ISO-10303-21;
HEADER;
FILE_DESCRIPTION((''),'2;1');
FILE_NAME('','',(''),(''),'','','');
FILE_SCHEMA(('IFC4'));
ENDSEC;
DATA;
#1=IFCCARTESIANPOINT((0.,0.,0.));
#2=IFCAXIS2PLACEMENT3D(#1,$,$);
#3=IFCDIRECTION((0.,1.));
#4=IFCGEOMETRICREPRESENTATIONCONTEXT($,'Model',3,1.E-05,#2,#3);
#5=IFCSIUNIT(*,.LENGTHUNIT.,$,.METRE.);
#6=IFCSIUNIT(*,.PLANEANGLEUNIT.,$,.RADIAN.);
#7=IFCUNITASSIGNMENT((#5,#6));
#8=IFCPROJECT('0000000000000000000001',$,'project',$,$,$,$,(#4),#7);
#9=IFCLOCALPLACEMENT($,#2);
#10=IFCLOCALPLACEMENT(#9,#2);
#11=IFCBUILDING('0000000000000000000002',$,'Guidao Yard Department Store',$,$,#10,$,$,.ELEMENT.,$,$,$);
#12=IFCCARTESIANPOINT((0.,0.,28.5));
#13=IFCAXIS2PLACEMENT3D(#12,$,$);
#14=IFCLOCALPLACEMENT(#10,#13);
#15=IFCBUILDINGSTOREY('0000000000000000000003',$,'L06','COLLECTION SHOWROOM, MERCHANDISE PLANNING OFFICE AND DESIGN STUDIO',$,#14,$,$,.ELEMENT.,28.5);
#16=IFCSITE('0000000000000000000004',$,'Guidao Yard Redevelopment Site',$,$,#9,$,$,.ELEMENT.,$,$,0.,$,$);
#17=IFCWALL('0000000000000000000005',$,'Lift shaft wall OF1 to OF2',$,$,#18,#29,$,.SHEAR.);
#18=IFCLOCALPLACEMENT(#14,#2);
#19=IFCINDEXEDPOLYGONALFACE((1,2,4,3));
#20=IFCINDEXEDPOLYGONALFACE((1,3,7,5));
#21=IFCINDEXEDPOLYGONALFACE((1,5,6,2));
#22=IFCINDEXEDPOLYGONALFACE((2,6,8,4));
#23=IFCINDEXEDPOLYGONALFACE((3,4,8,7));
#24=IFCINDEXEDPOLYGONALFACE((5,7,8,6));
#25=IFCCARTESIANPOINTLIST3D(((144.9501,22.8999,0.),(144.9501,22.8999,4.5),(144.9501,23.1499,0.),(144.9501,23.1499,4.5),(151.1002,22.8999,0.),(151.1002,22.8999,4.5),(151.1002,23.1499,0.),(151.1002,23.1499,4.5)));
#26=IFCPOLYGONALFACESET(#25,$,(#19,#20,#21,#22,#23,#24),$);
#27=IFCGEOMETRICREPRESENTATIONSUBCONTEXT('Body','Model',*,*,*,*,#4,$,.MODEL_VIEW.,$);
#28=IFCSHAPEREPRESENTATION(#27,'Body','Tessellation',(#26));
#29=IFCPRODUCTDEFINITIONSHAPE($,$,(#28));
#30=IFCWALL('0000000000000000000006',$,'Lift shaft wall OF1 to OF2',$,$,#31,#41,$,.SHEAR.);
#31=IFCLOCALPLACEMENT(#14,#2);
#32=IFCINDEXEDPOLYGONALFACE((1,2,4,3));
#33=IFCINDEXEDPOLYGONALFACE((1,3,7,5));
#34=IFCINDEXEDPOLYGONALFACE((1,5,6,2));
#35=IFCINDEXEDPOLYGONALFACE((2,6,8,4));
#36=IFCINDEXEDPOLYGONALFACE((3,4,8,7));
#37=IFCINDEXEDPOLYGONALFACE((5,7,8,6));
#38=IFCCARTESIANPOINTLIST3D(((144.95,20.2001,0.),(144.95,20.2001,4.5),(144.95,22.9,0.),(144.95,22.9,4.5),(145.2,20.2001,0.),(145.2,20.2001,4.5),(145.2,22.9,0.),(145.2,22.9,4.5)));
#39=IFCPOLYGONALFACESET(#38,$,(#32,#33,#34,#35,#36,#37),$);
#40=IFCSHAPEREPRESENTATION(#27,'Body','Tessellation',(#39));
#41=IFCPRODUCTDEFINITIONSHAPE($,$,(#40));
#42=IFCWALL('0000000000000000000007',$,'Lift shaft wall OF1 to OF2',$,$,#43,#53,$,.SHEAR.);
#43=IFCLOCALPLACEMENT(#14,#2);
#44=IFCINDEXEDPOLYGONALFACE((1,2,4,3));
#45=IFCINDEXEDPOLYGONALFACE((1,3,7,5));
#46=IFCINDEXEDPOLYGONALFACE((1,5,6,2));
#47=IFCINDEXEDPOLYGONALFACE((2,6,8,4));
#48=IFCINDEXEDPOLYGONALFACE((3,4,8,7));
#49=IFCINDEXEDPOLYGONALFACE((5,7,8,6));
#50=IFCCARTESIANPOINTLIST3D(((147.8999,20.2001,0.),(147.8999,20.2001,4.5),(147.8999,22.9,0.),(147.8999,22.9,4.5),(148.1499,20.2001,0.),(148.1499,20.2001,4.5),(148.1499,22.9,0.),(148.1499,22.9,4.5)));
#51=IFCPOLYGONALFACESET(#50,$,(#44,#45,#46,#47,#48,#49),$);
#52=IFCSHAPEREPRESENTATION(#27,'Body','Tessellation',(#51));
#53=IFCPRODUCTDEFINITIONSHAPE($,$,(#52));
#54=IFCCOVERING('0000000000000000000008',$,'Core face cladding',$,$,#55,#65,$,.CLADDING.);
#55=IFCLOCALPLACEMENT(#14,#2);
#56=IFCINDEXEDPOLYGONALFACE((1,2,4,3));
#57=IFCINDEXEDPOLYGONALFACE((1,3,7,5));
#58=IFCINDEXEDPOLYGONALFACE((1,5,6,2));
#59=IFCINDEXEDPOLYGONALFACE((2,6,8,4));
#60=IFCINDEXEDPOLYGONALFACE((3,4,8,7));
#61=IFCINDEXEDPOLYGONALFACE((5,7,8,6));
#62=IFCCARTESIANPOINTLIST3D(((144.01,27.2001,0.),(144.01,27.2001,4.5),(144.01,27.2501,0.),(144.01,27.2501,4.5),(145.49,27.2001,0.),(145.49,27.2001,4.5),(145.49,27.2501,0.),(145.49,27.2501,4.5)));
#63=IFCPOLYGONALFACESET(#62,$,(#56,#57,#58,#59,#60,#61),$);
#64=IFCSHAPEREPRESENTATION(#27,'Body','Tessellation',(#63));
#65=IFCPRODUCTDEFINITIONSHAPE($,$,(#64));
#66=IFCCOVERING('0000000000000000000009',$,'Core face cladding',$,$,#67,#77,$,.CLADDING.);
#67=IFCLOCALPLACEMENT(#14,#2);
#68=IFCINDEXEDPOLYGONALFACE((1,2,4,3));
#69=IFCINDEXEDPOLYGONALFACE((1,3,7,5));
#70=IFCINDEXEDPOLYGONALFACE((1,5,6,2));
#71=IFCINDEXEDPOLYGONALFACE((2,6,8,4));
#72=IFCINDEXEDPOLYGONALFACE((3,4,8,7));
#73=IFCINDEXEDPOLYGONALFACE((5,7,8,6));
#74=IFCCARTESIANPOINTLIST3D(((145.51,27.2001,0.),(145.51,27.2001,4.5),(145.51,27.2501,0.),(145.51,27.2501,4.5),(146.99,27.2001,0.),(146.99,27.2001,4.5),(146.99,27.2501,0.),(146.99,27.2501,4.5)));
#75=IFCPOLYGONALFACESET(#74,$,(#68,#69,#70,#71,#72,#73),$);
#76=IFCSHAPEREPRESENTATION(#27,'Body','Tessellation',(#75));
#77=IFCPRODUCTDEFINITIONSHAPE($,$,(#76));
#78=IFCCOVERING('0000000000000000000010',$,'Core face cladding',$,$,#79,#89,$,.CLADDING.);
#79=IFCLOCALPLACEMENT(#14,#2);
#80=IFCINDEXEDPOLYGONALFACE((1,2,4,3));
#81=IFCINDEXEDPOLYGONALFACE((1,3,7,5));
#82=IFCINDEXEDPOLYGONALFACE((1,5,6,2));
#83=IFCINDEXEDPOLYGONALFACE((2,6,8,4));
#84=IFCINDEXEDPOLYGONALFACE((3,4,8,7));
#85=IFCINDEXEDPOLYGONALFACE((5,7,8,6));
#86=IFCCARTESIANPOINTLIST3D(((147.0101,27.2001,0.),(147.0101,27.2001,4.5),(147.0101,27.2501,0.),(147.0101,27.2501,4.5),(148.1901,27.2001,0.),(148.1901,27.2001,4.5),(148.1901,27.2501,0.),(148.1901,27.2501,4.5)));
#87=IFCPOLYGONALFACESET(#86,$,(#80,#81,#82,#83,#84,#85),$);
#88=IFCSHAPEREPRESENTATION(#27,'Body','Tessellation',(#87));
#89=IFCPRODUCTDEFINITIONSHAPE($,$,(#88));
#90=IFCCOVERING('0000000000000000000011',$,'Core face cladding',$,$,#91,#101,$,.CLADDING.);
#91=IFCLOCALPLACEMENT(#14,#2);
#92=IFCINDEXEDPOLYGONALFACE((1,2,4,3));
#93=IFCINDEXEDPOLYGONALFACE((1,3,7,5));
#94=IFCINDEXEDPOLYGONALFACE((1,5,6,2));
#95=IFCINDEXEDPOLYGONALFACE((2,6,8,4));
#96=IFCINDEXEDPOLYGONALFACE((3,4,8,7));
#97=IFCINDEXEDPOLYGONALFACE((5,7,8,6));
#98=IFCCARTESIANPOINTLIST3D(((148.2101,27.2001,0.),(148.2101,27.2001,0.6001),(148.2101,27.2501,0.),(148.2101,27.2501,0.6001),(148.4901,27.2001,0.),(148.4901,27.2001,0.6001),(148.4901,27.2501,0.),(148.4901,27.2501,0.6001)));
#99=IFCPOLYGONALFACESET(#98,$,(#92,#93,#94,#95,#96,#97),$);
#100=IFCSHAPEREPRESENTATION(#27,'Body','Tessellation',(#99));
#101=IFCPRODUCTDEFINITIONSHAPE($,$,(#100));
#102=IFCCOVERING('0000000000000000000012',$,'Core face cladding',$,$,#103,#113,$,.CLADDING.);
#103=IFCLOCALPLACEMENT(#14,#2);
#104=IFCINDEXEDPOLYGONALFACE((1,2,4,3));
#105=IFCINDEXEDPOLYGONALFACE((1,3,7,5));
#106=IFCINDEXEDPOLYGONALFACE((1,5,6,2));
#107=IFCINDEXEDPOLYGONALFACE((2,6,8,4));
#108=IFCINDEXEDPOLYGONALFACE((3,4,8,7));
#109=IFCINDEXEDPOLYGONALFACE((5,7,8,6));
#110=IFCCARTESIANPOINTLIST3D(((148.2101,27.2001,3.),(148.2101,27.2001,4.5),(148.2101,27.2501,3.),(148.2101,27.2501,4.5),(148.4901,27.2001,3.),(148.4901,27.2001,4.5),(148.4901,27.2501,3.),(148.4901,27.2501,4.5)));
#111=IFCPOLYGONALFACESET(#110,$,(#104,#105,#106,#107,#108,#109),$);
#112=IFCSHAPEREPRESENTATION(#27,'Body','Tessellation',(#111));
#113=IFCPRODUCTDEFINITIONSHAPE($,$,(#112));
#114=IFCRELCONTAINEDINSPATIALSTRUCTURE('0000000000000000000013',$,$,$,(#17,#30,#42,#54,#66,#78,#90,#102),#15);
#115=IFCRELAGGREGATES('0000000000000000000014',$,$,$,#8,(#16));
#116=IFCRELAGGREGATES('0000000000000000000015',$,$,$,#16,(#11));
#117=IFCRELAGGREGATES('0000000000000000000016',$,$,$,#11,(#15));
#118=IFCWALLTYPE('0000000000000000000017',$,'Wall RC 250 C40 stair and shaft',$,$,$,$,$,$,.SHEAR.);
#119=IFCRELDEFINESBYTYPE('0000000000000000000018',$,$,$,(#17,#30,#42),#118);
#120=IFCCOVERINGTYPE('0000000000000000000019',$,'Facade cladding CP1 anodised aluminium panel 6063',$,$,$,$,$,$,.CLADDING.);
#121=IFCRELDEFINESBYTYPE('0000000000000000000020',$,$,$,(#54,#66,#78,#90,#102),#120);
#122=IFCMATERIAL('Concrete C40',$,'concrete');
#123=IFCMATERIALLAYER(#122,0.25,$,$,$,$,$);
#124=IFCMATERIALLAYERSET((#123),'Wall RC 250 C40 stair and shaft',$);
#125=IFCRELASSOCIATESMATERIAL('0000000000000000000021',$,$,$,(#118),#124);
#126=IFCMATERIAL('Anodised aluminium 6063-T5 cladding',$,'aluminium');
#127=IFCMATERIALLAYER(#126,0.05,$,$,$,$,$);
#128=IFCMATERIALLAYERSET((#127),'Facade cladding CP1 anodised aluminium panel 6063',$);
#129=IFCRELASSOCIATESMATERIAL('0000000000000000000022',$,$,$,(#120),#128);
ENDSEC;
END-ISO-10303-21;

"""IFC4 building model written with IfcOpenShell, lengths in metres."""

from ifc_helpers import new_model, si_unit, direction, frame, frame_2d, origin, origin_2d, place, context, subcontext, project, spatial, rectangle, extrude, material, layer, layer_set, type_object, element, save


model = new_model("IFC4")

# Units and contexts
model_context = context("Model", 3, precision=1e-05, world=origin(), true_north=direction((0.0, 1.0)))
body_context = subcontext(model_context, "Body", "Model", "MODEL_VIEW")
ifc_project = project(units=[si_unit("LENGTHUNIT", "METRE"), si_unit("PLANEANGLEUNIT", "RADIAN")], contexts=[model_context])

# Site, building, storey
site_placement = place(None, origin())
site = spatial("IfcSite", under=ifc_project, at=site_placement, Name="Guidao Yard Redevelopment Site", CompositionType="ELEMENT", RefElevation=0.0)
building_placement = place(site_placement, origin())
building = spatial("IfcBuilding", under=site, at=building_placement, Name="Guidao Yard Department Store", CompositionType="ELEMENT")
storey_placement = place(building_placement, frame((0.0, 0.0, 28.5)))
storey = spatial("IfcBuildingStorey", under=building, at=storey_placement, Name="L06", Description="COLLECTION SHOWROOM, MERCHANDISE PLANNING OFFICE AND DESIGN STUDIO", CompositionType="ELEMENT", Elevation=28.5)

# Shared definitions
ifc_material_1 = material(Name="Concrete C40", Category="concrete")
ifc_layer_1 = layer(ifc_material_1, 0.25)
ifc_layer_set_1 = layer_set([ifc_layer_1], Name="Wall RC 250 C40 stair and shaft")
wall_type_1 = type_object("IfcWallType", Name="Wall RC 250 C40 stair and shaft", PredefinedType="SHEAR", material=ifc_layer_set_1)

# Walls
wall_1_placement = place(storey_placement, frame((144.95, 23.0249, 0.0), z_axis=(0.0, 0.0, 1.0), x_axis=(1.0, 0.0, 0.0)))
element("IfcWall", 1, at=wall_1_placement, inside=storey, type_object=wall_type_1, Name="Lift shaft wall OF1 to OF2", PredefinedType="SHEAR", context=body_context, shape_type="SweptSolid", body=[
    extrude(rectangle(XDim=6.1501, YDim=0.25, at=frame_2d((3.0752, 0.0))), origin(), (0.0, 0.0, 1.0), 4.5),
])
for number, where, z_axis, x_axis, name in (
    (2, (145.075, 20.2, 0.0), (0.0, 0.0, 1.0), (0.0, 1.0, 0.0), "Lift shaft wall OF1 to OF2"),
    (3, (148.0249, 20.2, 0.0), (0.0, 0.0, 1.0), (0.0, 1.0, 0.0), "Lift shaft wall OF1 to OF2"),
):
    element("IfcWall", number, at=place(storey_placement, frame(where, z_axis=z_axis, x_axis=x_axis)), inside=storey, type_object=wall_type_1, Name=name, PredefinedType="SHEAR", context=body_context, shape_type="SweptSolid", body=[
        extrude(rectangle(XDim=2.7, YDim=0.25, at=frame_2d((1.3501, 0.0))), origin(), (0.0, 0.0, 1.0), 4.5),
    ])

# Coverings
ifc_material_2 = material(Name="Anodised aluminium 6063-T5 cladding", Category="aluminium")
ifc_layer_2 = layer(ifc_material_2, 0.05)
ifc_layer_set_2 = layer_set([ifc_layer_2], Name="Facade cladding CP1 anodised aluminium panel 6063")
covering_type = type_object("IfcCoveringType", Name="Facade cladding CP1 anodised aluminium panel 6063", PredefinedType="CLADDING", material=ifc_layer_set_2)
for number, where, z_axis, x_axis, name in (
    (4, (144.75, 27.2251, 0.0), (0.0, 0.0, 1.0), (1.0, 0.0, 0.0), "Core face cladding"),
    (5, (146.25, 27.2251, 0.0), (0.0, 0.0, 1.0), (1.0, 0.0, 0.0), "Core face cladding"),
):
    element("IfcCovering", number, at=place(storey_placement, frame(where, z_axis=z_axis, x_axis=x_axis)), inside=storey, type_object=covering_type, Name=name, PredefinedType="CLADDING", context=body_context, shape_type="SweptSolid", body=[
        extrude(rectangle(XDim=1.48, YDim=0.05, at=origin_2d()), origin(), (0.0, 0.0, 1.0), 4.5),
    ])
covering_1_placement = place(storey_placement, frame((147.6001, 27.2251, 0.0), z_axis=(0.0, 0.0, 1.0), x_axis=(1.0, 0.0, 0.0)))
element("IfcCovering", 6, at=covering_1_placement, inside=storey, type_object=covering_type, Name="Core face cladding", PredefinedType="CLADDING", context=body_context, shape_type="SweptSolid", body=[
    extrude(rectangle(XDim=1.1799, YDim=0.05, at=origin_2d()), origin(), (0.0, 0.0, 1.0), 4.5),
])
covering_2_placement = place(storey_placement, frame((148.3501, 27.2251, 0.0), z_axis=(0.0, 0.0, 1.0), x_axis=(1.0, 0.0, 0.0)))
element("IfcCovering", 7, at=covering_2_placement, inside=storey, type_object=covering_type, Name="Core face cladding", PredefinedType="CLADDING", context=body_context, shape_type="SweptSolid", body=[
    extrude(rectangle(XDim=0.28, YDim=0.05, at=origin_2d()), origin(), (0.0, 0.0, 1.0), 0.6001),
])
covering_3_placement = place(storey_placement, frame((148.3501, 27.2251, 3.0), z_axis=(0.0, 0.0, 1.0), x_axis=(1.0, 0.0, 0.0)))
element("IfcCovering", 8, at=covering_3_placement, inside=storey, type_object=covering_type, Name="Core face cladding", PredefinedType="CLADDING", context=body_context, shape_type="SweptSolid", body=[
    extrude(rectangle(XDim=0.28, YDim=0.05, at=origin_2d()), origin(), (0.0, 0.0, 1.0), 1.5),
])

save(model, "model.ifc")
